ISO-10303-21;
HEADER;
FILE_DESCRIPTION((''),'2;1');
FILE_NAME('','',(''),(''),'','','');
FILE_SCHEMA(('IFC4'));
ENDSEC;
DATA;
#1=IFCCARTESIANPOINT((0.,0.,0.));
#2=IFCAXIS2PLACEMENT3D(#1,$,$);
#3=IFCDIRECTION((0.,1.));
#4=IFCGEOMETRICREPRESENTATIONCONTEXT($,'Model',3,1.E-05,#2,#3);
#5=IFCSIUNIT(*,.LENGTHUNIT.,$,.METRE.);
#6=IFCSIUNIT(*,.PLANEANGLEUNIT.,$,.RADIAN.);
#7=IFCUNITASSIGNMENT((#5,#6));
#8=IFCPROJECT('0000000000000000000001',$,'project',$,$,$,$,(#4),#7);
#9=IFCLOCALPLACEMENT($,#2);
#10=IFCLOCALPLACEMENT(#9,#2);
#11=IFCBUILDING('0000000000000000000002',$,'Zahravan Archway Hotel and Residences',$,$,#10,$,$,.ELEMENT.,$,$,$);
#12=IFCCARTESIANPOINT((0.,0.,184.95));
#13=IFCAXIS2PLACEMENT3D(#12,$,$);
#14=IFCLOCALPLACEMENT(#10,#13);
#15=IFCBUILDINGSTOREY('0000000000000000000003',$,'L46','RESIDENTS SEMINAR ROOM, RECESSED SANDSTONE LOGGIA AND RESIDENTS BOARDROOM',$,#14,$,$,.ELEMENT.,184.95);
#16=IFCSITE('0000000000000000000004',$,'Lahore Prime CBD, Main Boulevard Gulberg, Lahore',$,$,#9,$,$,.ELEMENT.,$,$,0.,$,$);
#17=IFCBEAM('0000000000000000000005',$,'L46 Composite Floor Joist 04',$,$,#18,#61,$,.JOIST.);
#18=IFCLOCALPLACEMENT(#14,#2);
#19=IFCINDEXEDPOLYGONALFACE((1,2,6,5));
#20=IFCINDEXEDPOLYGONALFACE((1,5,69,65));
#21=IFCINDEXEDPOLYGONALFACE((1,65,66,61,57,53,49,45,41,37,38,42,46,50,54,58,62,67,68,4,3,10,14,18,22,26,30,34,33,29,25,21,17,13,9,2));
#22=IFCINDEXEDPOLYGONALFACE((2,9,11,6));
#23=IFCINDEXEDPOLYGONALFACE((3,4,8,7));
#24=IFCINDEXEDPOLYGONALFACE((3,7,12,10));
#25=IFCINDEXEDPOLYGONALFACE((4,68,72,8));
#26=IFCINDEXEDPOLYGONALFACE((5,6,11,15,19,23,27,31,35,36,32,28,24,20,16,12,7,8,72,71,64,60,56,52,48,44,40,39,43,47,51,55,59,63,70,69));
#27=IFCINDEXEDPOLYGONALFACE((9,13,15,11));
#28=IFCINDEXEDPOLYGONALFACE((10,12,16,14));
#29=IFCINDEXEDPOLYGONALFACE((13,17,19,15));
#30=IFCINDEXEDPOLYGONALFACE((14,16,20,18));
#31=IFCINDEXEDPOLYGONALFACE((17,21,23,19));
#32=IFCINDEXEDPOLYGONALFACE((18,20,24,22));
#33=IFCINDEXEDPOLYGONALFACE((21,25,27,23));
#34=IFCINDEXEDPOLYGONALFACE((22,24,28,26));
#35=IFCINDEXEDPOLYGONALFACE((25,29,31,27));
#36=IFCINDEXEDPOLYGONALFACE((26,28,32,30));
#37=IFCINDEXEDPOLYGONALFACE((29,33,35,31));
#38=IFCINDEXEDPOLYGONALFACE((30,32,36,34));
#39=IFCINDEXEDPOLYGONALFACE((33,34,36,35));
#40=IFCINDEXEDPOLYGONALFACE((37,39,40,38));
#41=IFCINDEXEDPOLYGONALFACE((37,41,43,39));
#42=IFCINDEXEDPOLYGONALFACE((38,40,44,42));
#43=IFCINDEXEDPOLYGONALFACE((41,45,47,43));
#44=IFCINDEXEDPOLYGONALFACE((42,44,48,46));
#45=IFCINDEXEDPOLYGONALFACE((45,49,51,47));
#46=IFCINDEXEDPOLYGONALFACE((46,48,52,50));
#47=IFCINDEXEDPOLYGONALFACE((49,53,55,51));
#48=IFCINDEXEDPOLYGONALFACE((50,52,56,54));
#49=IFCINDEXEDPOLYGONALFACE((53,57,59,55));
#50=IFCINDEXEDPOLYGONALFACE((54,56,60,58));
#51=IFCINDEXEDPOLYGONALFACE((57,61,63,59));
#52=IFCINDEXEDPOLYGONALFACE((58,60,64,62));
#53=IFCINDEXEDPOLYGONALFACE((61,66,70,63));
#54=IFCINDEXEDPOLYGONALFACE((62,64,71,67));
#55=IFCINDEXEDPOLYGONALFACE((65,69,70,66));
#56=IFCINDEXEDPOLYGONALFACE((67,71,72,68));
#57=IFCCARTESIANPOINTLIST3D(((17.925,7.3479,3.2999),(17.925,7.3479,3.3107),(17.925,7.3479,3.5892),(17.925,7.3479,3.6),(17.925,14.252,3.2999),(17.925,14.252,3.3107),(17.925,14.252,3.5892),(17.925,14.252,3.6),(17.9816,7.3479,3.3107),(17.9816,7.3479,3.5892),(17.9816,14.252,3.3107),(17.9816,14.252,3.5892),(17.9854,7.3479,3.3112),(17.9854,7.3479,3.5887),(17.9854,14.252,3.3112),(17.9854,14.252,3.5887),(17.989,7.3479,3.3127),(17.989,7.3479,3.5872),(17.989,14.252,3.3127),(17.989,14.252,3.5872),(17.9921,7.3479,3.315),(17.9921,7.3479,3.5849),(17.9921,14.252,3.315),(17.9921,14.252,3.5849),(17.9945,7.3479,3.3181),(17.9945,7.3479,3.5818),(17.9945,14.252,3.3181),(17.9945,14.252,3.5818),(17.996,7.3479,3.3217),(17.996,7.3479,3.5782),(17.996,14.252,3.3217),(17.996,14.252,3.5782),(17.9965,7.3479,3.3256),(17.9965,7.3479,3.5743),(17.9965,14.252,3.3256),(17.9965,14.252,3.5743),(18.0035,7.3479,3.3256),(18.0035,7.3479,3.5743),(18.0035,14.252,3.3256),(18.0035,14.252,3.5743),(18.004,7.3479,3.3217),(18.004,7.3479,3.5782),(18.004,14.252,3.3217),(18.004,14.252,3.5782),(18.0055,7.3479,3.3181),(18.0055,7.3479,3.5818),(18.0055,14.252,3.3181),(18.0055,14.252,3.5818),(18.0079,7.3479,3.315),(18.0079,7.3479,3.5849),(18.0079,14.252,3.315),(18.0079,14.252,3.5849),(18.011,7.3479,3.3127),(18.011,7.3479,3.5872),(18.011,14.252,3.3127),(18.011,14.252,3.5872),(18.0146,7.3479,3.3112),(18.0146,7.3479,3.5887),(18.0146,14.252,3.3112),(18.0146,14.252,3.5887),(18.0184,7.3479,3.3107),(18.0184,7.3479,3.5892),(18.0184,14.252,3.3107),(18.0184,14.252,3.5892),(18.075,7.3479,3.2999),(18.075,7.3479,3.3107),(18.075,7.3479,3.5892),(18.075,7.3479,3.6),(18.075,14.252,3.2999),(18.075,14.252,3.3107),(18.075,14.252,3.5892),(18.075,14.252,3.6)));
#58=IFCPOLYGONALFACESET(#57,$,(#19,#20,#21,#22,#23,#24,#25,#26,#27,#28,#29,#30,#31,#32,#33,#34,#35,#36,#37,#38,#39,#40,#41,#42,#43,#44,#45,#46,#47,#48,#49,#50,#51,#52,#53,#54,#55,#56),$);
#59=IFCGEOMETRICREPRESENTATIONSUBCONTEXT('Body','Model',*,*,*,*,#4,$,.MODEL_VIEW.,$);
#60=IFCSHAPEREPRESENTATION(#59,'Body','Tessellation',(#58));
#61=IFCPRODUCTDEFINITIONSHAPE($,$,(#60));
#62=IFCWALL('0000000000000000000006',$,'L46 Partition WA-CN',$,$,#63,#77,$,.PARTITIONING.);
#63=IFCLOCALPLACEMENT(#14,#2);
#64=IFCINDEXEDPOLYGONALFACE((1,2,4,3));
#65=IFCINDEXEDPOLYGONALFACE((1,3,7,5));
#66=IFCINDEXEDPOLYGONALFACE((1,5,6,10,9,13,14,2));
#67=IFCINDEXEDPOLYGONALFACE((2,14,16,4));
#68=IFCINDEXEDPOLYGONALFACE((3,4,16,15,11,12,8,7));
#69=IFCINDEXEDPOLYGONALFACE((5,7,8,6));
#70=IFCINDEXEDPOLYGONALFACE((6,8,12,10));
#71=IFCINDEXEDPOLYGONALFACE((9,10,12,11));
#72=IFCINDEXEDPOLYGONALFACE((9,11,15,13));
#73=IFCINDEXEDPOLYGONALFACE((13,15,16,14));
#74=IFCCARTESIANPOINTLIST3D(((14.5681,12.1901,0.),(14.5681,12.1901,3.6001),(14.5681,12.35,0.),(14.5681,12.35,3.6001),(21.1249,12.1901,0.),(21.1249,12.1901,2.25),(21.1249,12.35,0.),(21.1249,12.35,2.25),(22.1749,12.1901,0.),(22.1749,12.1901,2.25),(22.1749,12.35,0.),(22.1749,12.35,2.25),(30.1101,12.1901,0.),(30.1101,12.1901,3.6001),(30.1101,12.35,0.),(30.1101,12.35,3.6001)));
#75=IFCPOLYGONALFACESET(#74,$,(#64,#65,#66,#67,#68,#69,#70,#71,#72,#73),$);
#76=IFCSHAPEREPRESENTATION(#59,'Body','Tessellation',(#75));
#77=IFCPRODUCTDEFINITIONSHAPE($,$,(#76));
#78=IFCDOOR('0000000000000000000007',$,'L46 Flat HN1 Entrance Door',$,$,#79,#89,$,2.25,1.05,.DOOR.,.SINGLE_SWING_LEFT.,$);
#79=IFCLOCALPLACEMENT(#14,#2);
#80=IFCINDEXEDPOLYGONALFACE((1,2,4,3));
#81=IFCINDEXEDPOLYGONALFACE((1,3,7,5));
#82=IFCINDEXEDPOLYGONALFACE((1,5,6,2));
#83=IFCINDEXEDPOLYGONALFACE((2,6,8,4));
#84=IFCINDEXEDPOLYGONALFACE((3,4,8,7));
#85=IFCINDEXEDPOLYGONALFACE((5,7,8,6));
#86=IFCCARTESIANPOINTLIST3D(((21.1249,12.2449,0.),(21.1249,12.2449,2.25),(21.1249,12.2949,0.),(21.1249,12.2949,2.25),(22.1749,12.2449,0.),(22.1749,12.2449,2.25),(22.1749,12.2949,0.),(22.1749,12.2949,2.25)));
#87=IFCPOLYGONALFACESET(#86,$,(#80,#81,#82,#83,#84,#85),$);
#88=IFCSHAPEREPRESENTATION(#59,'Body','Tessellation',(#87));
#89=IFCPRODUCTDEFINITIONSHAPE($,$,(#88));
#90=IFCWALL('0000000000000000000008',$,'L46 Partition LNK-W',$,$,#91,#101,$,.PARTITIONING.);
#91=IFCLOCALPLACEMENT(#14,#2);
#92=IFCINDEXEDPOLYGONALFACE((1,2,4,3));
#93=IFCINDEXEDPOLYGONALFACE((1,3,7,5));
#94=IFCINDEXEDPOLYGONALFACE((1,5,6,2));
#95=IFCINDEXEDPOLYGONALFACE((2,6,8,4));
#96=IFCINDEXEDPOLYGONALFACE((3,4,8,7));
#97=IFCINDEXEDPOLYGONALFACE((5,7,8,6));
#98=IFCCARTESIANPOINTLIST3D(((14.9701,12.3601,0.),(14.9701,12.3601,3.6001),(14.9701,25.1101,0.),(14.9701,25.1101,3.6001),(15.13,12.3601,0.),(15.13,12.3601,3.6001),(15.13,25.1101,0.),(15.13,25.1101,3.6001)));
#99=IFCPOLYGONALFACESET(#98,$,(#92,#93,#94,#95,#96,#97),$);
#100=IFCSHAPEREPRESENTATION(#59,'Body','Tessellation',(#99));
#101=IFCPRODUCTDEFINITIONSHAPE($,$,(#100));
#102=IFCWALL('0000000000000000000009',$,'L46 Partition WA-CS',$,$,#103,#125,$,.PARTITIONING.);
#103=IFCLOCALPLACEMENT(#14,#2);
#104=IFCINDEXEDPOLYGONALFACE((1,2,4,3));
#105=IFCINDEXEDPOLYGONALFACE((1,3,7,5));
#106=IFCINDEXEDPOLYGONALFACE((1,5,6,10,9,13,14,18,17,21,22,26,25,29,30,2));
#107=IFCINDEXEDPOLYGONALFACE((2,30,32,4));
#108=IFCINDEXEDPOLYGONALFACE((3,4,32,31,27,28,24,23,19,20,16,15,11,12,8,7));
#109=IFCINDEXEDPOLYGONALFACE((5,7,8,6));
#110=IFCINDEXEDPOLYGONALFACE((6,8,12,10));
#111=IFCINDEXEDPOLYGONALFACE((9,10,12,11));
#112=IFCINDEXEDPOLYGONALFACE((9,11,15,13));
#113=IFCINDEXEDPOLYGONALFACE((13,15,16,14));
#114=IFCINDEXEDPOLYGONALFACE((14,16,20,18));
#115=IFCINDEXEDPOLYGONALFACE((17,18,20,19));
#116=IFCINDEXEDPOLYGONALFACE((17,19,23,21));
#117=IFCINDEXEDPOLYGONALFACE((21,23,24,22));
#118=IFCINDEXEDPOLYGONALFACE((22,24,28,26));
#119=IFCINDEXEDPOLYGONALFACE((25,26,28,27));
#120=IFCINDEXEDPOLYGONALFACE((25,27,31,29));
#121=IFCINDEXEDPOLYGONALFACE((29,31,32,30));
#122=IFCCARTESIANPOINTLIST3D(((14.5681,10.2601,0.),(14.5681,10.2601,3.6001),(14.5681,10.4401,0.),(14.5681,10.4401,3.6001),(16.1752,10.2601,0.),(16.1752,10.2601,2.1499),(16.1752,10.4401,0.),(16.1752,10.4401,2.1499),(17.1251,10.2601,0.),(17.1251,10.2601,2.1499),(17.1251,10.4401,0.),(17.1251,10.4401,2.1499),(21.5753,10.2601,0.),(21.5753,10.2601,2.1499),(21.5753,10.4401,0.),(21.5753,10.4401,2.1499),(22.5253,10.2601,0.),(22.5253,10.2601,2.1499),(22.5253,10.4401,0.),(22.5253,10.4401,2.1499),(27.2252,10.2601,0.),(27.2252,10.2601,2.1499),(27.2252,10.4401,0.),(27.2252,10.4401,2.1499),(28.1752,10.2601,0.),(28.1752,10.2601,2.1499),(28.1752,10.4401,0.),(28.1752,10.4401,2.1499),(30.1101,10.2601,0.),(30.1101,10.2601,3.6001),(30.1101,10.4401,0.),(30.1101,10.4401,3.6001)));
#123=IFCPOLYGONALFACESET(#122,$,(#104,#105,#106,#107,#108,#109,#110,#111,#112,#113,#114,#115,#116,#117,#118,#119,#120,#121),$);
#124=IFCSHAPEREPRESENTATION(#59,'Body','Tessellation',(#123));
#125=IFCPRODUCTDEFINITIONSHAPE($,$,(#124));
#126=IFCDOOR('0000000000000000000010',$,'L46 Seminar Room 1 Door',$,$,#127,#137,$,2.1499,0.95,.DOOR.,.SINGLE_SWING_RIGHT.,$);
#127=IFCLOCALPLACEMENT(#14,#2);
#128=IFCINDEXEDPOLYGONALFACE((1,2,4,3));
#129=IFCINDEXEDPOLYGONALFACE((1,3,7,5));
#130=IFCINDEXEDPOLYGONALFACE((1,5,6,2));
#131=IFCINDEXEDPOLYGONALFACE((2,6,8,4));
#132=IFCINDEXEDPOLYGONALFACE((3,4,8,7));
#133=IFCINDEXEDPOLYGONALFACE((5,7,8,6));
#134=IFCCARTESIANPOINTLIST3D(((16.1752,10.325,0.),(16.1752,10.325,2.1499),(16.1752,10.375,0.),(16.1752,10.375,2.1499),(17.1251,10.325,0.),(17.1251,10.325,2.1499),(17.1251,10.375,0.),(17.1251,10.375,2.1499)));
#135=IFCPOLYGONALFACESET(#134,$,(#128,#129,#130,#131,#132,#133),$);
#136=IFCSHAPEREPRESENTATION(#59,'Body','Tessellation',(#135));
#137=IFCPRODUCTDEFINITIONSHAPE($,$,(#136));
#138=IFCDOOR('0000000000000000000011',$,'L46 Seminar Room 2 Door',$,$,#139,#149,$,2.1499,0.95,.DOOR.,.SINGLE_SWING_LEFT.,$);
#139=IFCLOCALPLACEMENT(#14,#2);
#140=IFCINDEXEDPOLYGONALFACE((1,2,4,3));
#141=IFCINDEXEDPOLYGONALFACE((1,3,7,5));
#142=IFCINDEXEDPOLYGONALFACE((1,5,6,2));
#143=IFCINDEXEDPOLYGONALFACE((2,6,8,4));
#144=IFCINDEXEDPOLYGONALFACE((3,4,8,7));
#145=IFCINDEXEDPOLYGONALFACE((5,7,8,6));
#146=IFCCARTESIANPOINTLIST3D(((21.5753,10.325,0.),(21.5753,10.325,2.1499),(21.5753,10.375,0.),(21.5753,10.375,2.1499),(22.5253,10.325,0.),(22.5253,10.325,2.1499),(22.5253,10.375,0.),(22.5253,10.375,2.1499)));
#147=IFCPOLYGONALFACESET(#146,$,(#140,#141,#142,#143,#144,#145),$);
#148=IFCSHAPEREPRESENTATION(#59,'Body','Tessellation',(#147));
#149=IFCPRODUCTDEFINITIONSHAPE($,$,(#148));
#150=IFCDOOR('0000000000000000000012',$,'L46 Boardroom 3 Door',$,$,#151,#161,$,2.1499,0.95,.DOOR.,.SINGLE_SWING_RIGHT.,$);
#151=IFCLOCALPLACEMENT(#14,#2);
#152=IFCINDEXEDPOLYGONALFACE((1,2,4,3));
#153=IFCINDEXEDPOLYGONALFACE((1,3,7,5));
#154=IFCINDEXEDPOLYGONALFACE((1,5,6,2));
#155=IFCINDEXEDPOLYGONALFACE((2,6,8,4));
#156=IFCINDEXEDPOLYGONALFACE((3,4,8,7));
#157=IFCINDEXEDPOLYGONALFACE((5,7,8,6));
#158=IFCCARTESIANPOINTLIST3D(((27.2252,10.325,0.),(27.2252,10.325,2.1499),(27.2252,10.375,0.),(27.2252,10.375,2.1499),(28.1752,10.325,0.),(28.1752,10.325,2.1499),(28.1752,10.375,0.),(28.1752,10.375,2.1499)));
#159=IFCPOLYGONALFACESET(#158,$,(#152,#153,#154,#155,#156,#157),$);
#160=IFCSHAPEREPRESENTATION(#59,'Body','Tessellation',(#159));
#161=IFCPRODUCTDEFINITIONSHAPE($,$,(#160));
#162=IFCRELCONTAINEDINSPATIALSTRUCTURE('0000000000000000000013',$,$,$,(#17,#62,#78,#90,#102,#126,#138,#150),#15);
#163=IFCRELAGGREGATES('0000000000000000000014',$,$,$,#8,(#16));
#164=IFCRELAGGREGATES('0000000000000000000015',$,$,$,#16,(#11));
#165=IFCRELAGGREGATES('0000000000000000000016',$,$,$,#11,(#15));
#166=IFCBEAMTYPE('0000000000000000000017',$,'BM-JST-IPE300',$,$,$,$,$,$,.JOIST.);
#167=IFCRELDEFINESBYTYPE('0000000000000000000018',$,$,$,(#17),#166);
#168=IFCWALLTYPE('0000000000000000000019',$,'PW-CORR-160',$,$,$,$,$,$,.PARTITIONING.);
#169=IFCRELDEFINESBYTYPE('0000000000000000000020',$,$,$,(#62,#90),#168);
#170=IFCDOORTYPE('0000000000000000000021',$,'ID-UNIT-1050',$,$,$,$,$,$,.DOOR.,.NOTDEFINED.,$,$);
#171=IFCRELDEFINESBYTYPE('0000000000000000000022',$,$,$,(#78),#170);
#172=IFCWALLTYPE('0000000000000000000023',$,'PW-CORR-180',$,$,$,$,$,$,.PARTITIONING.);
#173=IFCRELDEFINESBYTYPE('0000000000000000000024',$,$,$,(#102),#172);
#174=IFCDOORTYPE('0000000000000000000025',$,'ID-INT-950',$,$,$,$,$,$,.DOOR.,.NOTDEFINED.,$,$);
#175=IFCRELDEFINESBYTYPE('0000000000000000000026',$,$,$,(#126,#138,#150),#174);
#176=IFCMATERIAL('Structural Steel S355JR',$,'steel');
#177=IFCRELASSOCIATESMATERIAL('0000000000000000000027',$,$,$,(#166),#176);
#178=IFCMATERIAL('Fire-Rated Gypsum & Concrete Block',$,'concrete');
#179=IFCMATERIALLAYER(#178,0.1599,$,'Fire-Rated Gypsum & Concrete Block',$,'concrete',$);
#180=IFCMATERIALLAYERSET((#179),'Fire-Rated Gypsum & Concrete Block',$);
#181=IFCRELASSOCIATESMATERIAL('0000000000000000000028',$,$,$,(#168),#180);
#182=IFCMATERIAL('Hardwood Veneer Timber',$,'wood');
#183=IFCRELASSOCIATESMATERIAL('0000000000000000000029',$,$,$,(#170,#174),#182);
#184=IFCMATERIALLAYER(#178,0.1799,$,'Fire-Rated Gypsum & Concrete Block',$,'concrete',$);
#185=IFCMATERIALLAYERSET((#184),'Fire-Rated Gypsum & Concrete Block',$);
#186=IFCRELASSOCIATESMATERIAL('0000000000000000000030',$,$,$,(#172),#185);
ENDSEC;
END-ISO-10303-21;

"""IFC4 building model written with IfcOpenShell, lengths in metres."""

from ifc_helpers import new_model, si_unit, direction, frame, frame_2d, origin, origin_2d, place, context, subcontext, project, spatial, rectangle, i_section, extrude, source, transform, mapped, material, layer, layer_set, material_profile, profile_set, type_object, type_shapes, element, fill, save


model = new_model("IFC4")

# Units and contexts
model_context = context("Model", 3, precision=1e-05, world=origin(), true_north=direction((0.0, 1.0)))
body_context = subcontext(model_context, "Body", "Model", "MODEL_VIEW")
ifc_project = project(units=[si_unit("LENGTHUNIT", "METRE"), si_unit("PLANEANGLEUNIT", "RADIAN")], contexts=[model_context])

# Site, building, storey
site_placement = place(None, origin())
site = spatial("IfcSite", under=ifc_project, at=site_placement, Name="Lahore Prime CBD, Main Boulevard Gulberg, Lahore", CompositionType="ELEMENT", RefElevation=0.0)
building_placement = place(site_placement, origin())
building = spatial("IfcBuilding", under=site, at=building_placement, Name="Zahravan Archway Hotel and Residences", CompositionType="ELEMENT")
storey_placement = place(building_placement, frame((0.0, 0.0, 184.95)))
storey = spatial("IfcBuildingStorey", under=building, at=storey_placement, Name="L46", Description="RESIDENTS SEMINAR ROOM, RECESSED SANDSTONE LOGGIA AND RESIDENTS BOARDROOM", CompositionType="ELEMENT", Elevation=184.95)

# Beam
ifc_material_1 = material(Name="Structural Steel S355JR", Category="steel")
ifc_material_profile_1 = material_profile(ifc_material_1, i_section(OverallWidth=0.1499, OverallDepth=0.3, WebThickness=0.0071, FlangeThickness=0.0107, FilletRadius=0.0149, at=origin_2d()), Name="IPE 300", Category="steel")
ifc_profile_set_1 = profile_set([ifc_material_profile_1], Name="Structural Steel S355JR")
beam_type_1 = type_object("IfcBeamType", Name="BM-JST-IPE300", PredefinedType="JOIST", material=ifc_profile_set_1)
shared_shape_1 = source(origin(), body_context, "Body", "SweptSolid", [
    extrude(i_section(OverallWidth=0.1499, OverallDepth=0.3, WebThickness=0.0071, FlangeThickness=0.0107, FilletRadius=0.0149, at=origin_2d()), origin(), (0.0, 0.0, 1.0), 6.9041),
])
type_shapes(beam_type_1, [shared_shape_1])
beam_1_placement = place(storey_placement, frame((18.0, 7.3479, 3.45), z_axis=(0.0, 1.0, 0.0), x_axis=(-1.0, 0.0, 0.0)))
element("IfcBeam", 1, at=beam_1_placement, inside=storey, type_object=beam_type_1, Name="L46 Composite Floor Joist 04", PredefinedType="JOIST", context=body_context, shape_type="MappedRepresentation", body=[
    mapped(shared_shape_1, transform((0.0, 0.0, 0.0), scale=1.0)),
])

# Wall, opening, door
ifc_material_2 = material(Name="Fire-Rated Gypsum & Concrete Block", Category="concrete")
ifc_layer_1 = layer(ifc_material_2, 0.1599, Name="Fire-Rated Gypsum & Concrete Block", Category="concrete")
ifc_layer_set_1 = layer_set([ifc_layer_1], Name="Fire-Rated Gypsum & Concrete Block")
wall_type_1 = type_object("IfcWallType", Name="PW-CORR-160", PredefinedType="PARTITIONING", material=ifc_layer_set_1)
wall_1_placement = place(storey_placement, frame((14.5681, 12.27, 0.0), z_axis=(0.0, 0.0, 1.0), x_axis=(1.0, 0.0, 0.0)))
wall_1 = element("IfcWall", 2, at=wall_1_placement, inside=storey, type_object=wall_type_1, Name="L46 Partition WA-CN", PredefinedType="PARTITIONING", context=body_context, shape_type="SweptSolid", body=[
    extrude(rectangle(XDim=15.542, YDim=0.1599, at=frame_2d((7.771, 0.0))), origin(), (0.0, 0.0, 1.0), 3.6001),
])
opening_1_placement = place(wall_1_placement, frame((6.5569, 0.0, 0.0)))
opening_1 = element("IfcOpeningElement", 3, at=opening_1_placement, cuts=wall_1, PredefinedType="OPENING", context=body_context, shape_type="SweptSolid", body=[
    extrude(rectangle(XDim=1.05, YDim=2.25, at=frame_2d((0.5249, 1.125))), frame((0.0, 0.0898, 0.0), z_axis=(0.0, -1.0, 0.0), x_axis=(1.0, 0.0, 0.0)), (0.0, 0.0, 1.0), 0.1799),
])
ifc_material_3 = material(Name="Hardwood Veneer Timber", Category="wood")
door_type_1 = type_object("IfcDoorType", Name="ID-UNIT-1050", OperationType="NOTDEFINED", PredefinedType="DOOR", material=ifc_material_3)
shared_shape_2 = source(origin(), body_context, "Body", "SweptSolid", [
    extrude(rectangle(XDim=1.05, YDim=2.25, at=frame_2d((0.5249, 1.125))), frame((0.0, 0.0249, 0.0), z_axis=(0.0, -1.0, 0.0), x_axis=(1.0, 0.0, 0.0)), (0.0, 0.0, 1.0), 0.05),
])
type_shapes(door_type_1, [shared_shape_2])
door_1_placement = place(opening_1_placement, origin())
door_1 = element("IfcDoor", 4, at=door_1_placement, inside=storey, type_object=door_type_1, Name="L46 Flat HN1 Entrance Door", OperationType="SINGLE_SWING_LEFT", OverallHeight=2.25, OverallWidth=1.05, PredefinedType="DOOR", context=body_context, shape_type="MappedRepresentation", body=[
    mapped(shared_shape_2, transform((0.0, 0.0, 0.0), scale=1.0)),
])
fill(opening_1, door_1)

# Wall
wall_2_placement = place(storey_placement, frame((15.05, 12.3601, 0.0), z_axis=(0.0, 0.0, 1.0), x_axis=(0.0, 1.0, 0.0)))
element("IfcWall", 5, at=wall_2_placement, inside=storey, type_object=wall_type_1, Name="L46 Partition LNK-W", PredefinedType="PARTITIONING", context=body_context, shape_type="SweptSolid", body=[
    extrude(rectangle(XDim=12.75, YDim=0.1599, at=frame_2d((6.375, 0.0))), origin(), (0.0, 0.0, 1.0), 3.6001),
])

# Wall, openings, doors
ifc_layer_2 = layer(ifc_material_2, 0.1799, Name="Fire-Rated Gypsum & Concrete Block", Category="concrete")
ifc_layer_set_2 = layer_set([ifc_layer_2], Name="Fire-Rated Gypsum & Concrete Block")
wall_type_2 = type_object("IfcWallType", Name="PW-CORR-180", PredefinedType="PARTITIONING", material=ifc_layer_set_2)
wall_3_placement = place(storey_placement, frame((14.5681, 10.3501, 0.0), z_axis=(0.0, 0.0, 1.0), x_axis=(1.0, 0.0, 0.0)))
wall_3 = element("IfcWall", 6, at=wall_3_placement, inside=storey, type_object=wall_type_2, Name="L46 Partition WA-CS", PredefinedType="PARTITIONING", context=body_context, shape_type="SweptSolid", body=[
    extrude(rectangle(XDim=15.542, YDim=0.1799, at=frame_2d((7.771, 0.0))), origin(), (0.0, 0.0, 1.0), 3.6001),
])
opening_2_placement = place(wall_3_placement, frame((1.6069, 0.0, 0.0)))
opening_2 = element("IfcOpeningElement", 7, at=opening_2_placement, cuts=wall_3, PredefinedType="OPENING", context=body_context, shape_type="SweptSolid", body=[
    extrude(rectangle(XDim=0.95, YDim=2.1499, at=frame_2d((0.4751, 1.075))), frame((0.0, 0.1001, 0.0), z_axis=(0.0, -1.0, 0.0), x_axis=(1.0, 0.0, 0.0)), (0.0, 0.0, 1.0), 0.2),
])
opening_3_placement = place(wall_3_placement, frame((7.0071, 0.0, 0.0)))
opening_3 = element("IfcOpeningElement", 8, at=opening_3_placement, cuts=wall_3, PredefinedType="OPENING", context=body_context, shape_type="SweptSolid", body=[
    extrude(rectangle(XDim=0.95, YDim=2.1499, at=frame_2d((0.4751, 1.075))), frame((0.0, 0.1001, 0.0), z_axis=(0.0, -1.0, 0.0), x_axis=(1.0, 0.0, 0.0)), (0.0, 0.0, 1.0), 0.2),
])
opening_4_placement = place(wall_3_placement, frame((12.657, 0.0, 0.0)))
opening_4 = element("IfcOpeningElement", 9, at=opening_4_placement, cuts=wall_3, PredefinedType="OPENING", context=body_context, shape_type="SweptSolid", body=[
    extrude(rectangle(XDim=0.95, YDim=2.1499, at=frame_2d((0.4751, 1.075))), frame((0.0, 0.1001, 0.0), z_axis=(0.0, -1.0, 0.0), x_axis=(1.0, 0.0, 0.0)), (0.0, 0.0, 1.0), 0.2),
])
door_type_2 = type_object("IfcDoorType", Name="ID-INT-950", OperationType="NOTDEFINED", PredefinedType="DOOR", material=ifc_material_3)
shared_shape_3 = source(origin(), body_context, "Body", "SweptSolid", [
    extrude(rectangle(XDim=0.95, YDim=2.1499, at=frame_2d((0.4751, 1.075))), frame((0.0, 0.0249, 0.0), z_axis=(0.0, -1.0, 0.0), x_axis=(1.0, 0.0, 0.0)), (0.0, 0.0, 1.0), 0.05),
])
type_shapes(door_type_2, [shared_shape_3])
door_2_placement = place(opening_2_placement, origin())
door_2 = element("IfcDoor", 10, at=door_2_placement, inside=storey, type_object=door_type_2, Name="L46 Seminar Room 1 Door", OperationType="SINGLE_SWING_RIGHT", OverallHeight=2.1499, OverallWidth=0.95, PredefinedType="DOOR", context=body_context, shape_type="MappedRepresentation", body=[
    mapped(shared_shape_3, transform((0.0, 0.0, 0.0), scale=1.0)),
])
fill(opening_2, door_2)
door_3_placement = place(opening_3_placement, origin())
door_3 = element("IfcDoor", 11, at=door_3_placement, inside=storey, type_object=door_type_2, Name="L46 Seminar Room 2 Door", OperationType="SINGLE_SWING_LEFT", OverallHeight=2.1499, OverallWidth=0.95, PredefinedType="DOOR", context=body_context, shape_type="MappedRepresentation", body=[
    mapped(shared_shape_3, transform((0.0, 0.0, 0.0), scale=1.0)),
])
fill(opening_3, door_3)
door_4_placement = place(opening_4_placement, origin())
door_4 = element("IfcDoor", 12, at=door_4_placement, inside=storey, type_object=door_type_2, Name="L46 Boardroom 3 Door", OperationType="SINGLE_SWING_RIGHT", OverallHeight=2.1499, OverallWidth=0.95, PredefinedType="DOOR", context=body_context, shape_type="MappedRepresentation", body=[
    mapped(shared_shape_3, transform((0.0, 0.0, 0.0), scale=1.0)),
])
fill(opening_4, door_4)

save(model, "model.ifc")
